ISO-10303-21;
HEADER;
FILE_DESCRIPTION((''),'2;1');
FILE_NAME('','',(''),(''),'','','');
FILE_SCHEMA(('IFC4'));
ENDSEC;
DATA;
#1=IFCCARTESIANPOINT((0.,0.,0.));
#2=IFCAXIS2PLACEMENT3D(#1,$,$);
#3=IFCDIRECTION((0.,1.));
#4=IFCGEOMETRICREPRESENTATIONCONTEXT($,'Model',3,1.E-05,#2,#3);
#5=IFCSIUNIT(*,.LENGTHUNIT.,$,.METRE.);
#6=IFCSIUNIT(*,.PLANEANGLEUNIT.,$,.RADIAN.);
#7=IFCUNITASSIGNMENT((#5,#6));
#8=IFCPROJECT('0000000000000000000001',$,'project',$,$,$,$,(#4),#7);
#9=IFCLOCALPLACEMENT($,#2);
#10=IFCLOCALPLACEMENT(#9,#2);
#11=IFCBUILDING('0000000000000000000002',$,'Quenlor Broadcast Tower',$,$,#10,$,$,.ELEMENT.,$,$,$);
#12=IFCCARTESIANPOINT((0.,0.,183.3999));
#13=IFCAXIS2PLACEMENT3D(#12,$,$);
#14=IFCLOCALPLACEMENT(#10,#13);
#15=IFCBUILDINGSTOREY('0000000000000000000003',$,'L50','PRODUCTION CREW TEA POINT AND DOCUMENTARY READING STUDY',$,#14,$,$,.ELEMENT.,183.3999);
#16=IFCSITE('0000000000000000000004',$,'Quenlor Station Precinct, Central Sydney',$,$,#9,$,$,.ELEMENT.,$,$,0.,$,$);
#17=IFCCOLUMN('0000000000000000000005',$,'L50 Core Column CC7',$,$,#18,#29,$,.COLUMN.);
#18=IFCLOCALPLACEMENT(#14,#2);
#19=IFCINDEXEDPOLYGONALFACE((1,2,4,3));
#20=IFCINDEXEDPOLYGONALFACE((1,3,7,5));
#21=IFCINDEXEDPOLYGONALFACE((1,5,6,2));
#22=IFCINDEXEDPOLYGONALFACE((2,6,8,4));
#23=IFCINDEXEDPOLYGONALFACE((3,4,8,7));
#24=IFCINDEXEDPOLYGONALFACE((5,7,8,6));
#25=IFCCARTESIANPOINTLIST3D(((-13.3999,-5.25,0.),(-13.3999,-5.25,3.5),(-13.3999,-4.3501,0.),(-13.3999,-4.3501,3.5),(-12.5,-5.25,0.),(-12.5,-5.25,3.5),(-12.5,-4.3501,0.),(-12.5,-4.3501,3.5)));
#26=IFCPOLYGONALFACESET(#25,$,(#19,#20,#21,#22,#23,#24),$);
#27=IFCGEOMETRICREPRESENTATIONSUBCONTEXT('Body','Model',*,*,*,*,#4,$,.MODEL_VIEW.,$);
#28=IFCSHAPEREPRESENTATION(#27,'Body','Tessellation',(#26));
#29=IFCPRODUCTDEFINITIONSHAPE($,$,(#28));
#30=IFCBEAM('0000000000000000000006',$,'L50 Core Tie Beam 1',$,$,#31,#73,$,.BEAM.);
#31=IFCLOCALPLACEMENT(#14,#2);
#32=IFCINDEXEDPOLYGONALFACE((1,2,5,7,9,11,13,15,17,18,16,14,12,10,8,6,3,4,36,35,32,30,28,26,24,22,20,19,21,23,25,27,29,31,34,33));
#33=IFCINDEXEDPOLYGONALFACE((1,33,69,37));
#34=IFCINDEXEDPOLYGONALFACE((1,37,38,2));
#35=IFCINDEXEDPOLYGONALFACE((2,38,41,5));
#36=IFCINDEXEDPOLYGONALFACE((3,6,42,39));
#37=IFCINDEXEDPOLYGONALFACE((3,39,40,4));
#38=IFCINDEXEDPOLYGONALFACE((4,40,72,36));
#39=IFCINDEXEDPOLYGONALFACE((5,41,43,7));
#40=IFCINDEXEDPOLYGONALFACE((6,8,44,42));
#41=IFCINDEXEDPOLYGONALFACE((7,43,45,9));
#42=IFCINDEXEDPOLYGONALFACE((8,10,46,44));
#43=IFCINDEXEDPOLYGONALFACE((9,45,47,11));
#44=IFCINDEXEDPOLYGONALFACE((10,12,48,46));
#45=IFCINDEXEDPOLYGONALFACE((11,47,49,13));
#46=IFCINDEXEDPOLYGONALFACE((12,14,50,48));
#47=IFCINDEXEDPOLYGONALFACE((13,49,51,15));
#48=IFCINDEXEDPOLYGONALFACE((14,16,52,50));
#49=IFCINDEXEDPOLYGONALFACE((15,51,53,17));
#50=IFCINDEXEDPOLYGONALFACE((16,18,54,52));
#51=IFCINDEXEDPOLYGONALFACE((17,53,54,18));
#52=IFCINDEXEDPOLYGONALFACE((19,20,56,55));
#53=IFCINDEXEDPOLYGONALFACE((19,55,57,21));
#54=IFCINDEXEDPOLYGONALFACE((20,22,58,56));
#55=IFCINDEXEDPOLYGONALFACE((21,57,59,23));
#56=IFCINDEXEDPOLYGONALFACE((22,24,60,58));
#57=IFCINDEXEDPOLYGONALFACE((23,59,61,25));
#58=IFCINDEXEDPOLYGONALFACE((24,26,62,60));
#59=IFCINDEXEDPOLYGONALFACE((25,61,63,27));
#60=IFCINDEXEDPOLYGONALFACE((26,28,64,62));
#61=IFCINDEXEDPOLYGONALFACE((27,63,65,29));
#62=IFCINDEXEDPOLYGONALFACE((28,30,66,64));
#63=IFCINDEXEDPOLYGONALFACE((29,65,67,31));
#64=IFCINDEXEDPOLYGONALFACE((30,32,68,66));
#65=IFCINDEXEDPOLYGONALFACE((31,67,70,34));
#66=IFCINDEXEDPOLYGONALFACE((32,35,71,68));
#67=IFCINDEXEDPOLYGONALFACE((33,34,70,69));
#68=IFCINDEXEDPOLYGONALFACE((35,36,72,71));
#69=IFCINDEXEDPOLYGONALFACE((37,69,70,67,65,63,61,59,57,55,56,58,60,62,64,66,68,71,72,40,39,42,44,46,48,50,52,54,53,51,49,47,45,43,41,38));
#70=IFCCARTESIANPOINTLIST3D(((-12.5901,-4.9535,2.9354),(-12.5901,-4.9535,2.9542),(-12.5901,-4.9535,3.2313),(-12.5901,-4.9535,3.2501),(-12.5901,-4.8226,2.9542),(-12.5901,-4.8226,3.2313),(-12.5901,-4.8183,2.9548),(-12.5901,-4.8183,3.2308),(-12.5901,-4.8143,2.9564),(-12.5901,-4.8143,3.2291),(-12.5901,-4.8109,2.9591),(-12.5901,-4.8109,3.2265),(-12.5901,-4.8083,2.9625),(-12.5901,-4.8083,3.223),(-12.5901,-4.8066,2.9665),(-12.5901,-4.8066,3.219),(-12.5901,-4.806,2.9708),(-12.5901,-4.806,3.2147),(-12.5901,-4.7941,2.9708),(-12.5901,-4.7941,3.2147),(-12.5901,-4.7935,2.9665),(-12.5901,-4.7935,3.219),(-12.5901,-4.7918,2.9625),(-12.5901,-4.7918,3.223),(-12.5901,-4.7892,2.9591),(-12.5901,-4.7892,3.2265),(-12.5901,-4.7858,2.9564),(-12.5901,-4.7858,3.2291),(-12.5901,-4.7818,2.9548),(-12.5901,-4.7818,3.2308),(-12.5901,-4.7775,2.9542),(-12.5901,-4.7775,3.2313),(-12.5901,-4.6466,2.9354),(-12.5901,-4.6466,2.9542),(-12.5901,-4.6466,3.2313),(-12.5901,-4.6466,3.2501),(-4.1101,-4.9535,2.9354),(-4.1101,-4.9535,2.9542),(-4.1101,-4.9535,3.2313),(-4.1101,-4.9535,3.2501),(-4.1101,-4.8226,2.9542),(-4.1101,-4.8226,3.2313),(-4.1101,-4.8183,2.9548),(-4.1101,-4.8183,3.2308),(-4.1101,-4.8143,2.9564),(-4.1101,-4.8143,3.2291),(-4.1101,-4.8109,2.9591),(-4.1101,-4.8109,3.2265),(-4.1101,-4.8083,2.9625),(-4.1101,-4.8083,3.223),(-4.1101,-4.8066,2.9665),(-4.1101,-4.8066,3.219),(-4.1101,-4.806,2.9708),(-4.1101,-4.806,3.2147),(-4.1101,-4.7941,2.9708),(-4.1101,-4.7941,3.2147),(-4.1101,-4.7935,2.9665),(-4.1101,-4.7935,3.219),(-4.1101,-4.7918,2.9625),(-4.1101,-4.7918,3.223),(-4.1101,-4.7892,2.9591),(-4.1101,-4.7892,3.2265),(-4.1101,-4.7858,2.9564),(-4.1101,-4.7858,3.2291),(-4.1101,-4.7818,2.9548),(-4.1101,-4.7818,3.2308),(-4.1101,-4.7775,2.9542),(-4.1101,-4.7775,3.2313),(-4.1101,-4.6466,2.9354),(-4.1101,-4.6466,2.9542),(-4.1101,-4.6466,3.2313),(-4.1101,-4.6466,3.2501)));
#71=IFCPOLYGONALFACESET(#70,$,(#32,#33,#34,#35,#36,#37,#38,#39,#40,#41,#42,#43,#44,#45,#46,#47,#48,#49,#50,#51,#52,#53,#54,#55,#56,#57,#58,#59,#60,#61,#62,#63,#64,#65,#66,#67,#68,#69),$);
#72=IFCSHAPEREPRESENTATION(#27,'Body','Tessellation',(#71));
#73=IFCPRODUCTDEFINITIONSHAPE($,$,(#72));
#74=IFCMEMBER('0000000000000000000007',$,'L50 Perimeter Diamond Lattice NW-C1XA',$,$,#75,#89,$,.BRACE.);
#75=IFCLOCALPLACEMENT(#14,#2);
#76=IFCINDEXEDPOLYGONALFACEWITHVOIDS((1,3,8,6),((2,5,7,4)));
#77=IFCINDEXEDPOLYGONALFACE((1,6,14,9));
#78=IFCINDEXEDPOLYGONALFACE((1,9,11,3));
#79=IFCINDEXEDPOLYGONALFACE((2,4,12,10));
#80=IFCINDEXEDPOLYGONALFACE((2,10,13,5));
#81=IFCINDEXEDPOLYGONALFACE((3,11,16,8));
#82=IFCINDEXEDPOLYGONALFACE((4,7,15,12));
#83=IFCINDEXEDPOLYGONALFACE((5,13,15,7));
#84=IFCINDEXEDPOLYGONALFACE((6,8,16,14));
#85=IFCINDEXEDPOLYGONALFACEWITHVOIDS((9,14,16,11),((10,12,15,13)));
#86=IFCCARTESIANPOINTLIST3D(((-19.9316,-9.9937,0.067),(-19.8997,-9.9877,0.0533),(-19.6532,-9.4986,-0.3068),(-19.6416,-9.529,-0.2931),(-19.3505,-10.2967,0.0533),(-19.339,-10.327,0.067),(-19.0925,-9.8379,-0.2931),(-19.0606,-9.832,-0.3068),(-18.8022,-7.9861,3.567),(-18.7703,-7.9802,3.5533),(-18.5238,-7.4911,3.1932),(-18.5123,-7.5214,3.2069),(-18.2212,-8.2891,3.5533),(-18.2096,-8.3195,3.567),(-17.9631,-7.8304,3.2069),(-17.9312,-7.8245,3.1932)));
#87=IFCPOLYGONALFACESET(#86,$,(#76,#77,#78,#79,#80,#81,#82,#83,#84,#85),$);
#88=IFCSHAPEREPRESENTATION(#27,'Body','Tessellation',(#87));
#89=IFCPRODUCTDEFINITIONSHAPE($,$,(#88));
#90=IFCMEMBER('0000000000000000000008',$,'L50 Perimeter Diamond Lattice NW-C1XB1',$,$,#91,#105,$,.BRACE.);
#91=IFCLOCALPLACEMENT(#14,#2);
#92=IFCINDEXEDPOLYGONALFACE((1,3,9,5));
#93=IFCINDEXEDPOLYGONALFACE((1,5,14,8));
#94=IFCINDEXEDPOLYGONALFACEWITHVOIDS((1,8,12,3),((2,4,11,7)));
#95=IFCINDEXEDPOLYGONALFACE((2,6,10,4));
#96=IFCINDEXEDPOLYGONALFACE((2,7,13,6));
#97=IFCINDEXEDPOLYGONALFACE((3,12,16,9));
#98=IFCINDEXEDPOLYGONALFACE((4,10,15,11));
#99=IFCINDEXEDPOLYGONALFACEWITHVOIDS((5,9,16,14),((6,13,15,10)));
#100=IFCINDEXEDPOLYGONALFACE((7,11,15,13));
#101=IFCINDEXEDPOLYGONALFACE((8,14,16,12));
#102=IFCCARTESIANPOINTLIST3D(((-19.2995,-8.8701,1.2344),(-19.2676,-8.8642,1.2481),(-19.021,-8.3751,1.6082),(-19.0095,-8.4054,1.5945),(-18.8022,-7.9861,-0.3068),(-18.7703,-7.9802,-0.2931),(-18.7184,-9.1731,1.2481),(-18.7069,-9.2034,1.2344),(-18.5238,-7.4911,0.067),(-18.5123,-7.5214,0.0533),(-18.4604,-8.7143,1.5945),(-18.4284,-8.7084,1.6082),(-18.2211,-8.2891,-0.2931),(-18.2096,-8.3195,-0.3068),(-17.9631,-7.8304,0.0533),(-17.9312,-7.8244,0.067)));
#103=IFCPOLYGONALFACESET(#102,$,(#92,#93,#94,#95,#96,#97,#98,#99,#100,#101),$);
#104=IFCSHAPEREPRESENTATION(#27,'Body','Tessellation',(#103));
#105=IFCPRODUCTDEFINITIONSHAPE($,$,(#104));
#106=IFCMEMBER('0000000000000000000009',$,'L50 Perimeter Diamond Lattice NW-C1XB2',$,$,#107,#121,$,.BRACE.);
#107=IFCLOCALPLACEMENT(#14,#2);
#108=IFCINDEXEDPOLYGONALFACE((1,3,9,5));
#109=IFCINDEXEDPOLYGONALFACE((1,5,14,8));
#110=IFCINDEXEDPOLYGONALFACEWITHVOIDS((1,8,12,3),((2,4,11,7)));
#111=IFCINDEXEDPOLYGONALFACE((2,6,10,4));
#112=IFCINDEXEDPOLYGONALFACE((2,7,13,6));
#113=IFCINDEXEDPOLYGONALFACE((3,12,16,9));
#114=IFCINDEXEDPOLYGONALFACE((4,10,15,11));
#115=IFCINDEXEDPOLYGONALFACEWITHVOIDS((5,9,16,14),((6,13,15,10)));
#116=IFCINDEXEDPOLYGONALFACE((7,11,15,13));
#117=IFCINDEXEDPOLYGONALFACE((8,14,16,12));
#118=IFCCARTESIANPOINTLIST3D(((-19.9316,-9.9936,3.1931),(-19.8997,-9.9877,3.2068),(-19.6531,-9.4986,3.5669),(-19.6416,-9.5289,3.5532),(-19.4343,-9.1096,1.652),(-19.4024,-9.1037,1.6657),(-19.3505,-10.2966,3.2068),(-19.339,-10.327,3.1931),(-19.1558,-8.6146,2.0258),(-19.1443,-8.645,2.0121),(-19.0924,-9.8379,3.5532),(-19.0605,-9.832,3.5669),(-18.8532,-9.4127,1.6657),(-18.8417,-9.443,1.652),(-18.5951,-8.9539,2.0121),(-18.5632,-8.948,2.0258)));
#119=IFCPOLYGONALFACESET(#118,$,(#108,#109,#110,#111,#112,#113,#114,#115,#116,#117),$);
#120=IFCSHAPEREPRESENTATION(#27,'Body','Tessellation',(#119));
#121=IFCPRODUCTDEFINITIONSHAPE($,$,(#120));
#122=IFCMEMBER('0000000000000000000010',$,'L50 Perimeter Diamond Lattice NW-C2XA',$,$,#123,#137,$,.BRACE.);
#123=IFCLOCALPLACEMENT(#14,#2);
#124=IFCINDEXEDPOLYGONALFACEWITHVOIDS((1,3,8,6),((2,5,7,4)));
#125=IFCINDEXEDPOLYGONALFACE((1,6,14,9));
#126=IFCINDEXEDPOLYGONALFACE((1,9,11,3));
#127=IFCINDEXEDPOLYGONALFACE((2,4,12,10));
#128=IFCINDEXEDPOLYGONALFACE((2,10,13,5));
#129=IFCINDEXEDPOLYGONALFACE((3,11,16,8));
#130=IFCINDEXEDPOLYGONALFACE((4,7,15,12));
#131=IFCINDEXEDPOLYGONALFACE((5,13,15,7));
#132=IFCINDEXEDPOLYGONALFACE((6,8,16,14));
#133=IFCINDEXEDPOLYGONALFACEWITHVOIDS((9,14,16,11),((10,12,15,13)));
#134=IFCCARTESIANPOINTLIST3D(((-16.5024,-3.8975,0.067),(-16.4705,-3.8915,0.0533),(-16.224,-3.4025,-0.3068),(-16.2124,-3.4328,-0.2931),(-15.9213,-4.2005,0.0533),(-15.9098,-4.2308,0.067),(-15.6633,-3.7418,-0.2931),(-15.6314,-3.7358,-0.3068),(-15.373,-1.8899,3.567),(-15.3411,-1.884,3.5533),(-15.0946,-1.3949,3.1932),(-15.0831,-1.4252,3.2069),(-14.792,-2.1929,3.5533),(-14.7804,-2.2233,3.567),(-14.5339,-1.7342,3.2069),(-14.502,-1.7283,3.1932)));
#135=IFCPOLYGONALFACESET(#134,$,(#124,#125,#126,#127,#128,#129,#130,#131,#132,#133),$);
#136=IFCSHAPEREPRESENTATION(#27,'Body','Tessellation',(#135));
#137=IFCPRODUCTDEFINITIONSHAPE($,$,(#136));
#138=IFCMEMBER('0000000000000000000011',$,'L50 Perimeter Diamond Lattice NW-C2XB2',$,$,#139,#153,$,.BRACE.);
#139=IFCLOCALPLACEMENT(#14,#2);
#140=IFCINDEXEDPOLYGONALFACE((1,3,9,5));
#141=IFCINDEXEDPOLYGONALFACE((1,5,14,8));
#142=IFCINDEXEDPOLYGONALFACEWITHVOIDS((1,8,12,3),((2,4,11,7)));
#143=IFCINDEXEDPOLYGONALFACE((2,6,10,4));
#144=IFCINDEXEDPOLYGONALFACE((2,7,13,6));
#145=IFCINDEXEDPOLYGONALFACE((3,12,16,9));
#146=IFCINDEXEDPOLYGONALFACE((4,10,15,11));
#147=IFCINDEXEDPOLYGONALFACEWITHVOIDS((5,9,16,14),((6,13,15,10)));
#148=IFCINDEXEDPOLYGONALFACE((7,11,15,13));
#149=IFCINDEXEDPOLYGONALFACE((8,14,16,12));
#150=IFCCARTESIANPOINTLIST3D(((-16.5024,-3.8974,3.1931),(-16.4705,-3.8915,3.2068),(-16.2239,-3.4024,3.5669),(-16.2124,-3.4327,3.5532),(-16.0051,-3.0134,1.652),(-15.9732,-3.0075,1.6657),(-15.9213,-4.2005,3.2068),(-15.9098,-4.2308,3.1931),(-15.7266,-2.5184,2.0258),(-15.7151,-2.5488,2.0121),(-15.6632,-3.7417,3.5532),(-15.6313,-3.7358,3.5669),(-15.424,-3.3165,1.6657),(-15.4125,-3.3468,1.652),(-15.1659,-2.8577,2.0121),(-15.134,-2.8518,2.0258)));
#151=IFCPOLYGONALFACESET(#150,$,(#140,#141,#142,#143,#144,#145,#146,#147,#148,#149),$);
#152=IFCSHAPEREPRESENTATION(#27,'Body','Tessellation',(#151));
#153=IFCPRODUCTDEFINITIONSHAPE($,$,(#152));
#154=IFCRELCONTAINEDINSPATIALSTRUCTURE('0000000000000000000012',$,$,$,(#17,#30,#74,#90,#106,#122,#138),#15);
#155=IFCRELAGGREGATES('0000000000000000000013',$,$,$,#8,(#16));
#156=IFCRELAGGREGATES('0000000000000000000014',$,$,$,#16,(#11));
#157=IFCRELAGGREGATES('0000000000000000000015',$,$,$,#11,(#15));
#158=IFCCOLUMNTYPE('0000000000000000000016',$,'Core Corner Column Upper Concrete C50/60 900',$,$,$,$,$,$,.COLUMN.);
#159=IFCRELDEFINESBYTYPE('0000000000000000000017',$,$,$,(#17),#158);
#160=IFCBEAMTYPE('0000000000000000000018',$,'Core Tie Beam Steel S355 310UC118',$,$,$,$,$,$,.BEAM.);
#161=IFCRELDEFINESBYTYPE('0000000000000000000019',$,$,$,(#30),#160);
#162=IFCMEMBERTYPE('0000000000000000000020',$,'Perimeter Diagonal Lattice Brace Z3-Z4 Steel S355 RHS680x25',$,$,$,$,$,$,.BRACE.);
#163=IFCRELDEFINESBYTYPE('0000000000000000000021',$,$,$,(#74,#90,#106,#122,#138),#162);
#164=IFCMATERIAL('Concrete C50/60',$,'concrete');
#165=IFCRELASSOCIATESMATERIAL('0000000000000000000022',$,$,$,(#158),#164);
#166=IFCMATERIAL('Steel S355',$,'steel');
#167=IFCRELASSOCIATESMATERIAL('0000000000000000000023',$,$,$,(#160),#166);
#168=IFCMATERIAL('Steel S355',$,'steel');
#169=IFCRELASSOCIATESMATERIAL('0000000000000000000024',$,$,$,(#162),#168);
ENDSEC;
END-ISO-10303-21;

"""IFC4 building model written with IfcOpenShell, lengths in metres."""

from ifc_helpers import new_model, si_unit, direction, frame, origin, origin_2d, place, context, subcontext, project, spatial, rectangle, hollow_rectangle, i_section, extrude, material, material_profile, profile_set, type_object, element, save


model = new_model("IFC4")

# Units and contexts
model_context = context("Model", 3, precision=1e-05, world=origin(), true_north=direction((0.0, 1.0)))
body_context = subcontext(model_context, "Body", "Model", "MODEL_VIEW")
ifc_project = project(units=[si_unit("LENGTHUNIT", "METRE"), si_unit("PLANEANGLEUNIT", "RADIAN")], contexts=[model_context])

# Site, building, storey
site_placement = place(None, origin())
site = spatial("IfcSite", under=ifc_project, at=site_placement, Name="Quenlor Station Precinct, Central Sydney", CompositionType="ELEMENT", RefElevation=0.0)
building_placement = place(site_placement, origin())
building = spatial("IfcBuilding", under=site, at=building_placement, Name="Quenlor Broadcast Tower", CompositionType="ELEMENT")
storey_placement = place(building_placement, frame((0.0, 0.0, 183.3999)))
storey = spatial("IfcBuildingStorey", under=building, at=storey_placement, Name="L50", Description="PRODUCTION CREW TEA POINT AND DOCUMENTARY READING STUDY", CompositionType="ELEMENT", Elevation=183.3999)

# Column
ifc_material_1 = material(Name="Concrete C50/60", Category="concrete")
ifc_material_profile_1 = material_profile(ifc_material_1, rectangle(XDim=0.8999, YDim=0.8999, at=origin_2d()))
ifc_profile_set_1 = profile_set([ifc_material_profile_1], Name="Concrete C50/60 RC900x900")
column_type = type_object("IfcColumnType", Name="Core Corner Column Upper Concrete C50/60 900", PredefinedType="COLUMN", material=ifc_profile_set_1)
column_placement = place(storey_placement, frame((-12.95, -4.8, 0.0), z_axis=(0.0, 0.0, 1.0), x_axis=(1.0, 0.0, 0.0)))
element("IfcColumn", 1, at=column_placement, inside=storey, type_object=column_type, Name="L50 Core Column CC7", PredefinedType="COLUMN", context=body_context, shape_type="SweptSolid", body=[
    extrude(rectangle(XDim=0.8999, YDim=0.8999, at=origin_2d()), origin(), (0.0, 0.0, 1.0), 3.5),
])

# Beam
ifc_material_2 = material(Name="Steel S355", Category="steel")
ifc_material_profile_2 = material_profile(ifc_material_2, i_section(OverallWidth=0.3069, OverallDepth=0.3147, WebThickness=0.012, FlangeThickness=0.0188, FilletRadius=0.0166, at=origin_2d()))
ifc_profile_set_2 = profile_set([ifc_material_profile_2], Name="Steel S355 310UC118")
beam_type_1 = type_object("IfcBeamType", Name="Core Tie Beam Steel S355 310UC118", PredefinedType="BEAM", material=ifc_profile_set_2)
beam_1_placement = place(storey_placement, frame((-12.5901, -4.8, 3.0928), z_axis=(1.0, 0.0, 0.0), x_axis=(0.0, 1.0, 0.0)))
element("IfcBeam", 2, at=beam_1_placement, inside=storey, type_object=beam_type_1, Name="L50 Core Tie Beam 1", PredefinedType="BEAM", context=body_context, shape_type="SweptSolid", body=[
    extrude(i_section(OverallWidth=0.3069, OverallDepth=0.3147, WebThickness=0.012, FlangeThickness=0.0188, FilletRadius=0.0166, at=origin_2d()), origin(), (0.0, 0.0, 1.0), 8.48),
])

# Members
ifc_material_3 = material(Name="Steel S355", Category="steel")
ifc_material_profile_3 = material_profile(ifc_material_3, hollow_rectangle(XDim=0.6799, YDim=0.6799, WallThickness=0.0249, at=origin_2d()))
ifc_profile_set_3 = profile_set([ifc_material_profile_3], Name="Steel S355 RHS680x680x25")
member_type = type_object("IfcMemberType", Name="Perimeter Diagonal Lattice Brace Z3-Z4 Steel S355 RHS680x25", PredefinedType="BRACE", material=ifc_profile_set_3)
member_1_placement = place(storey_placement, frame((-19.4961, -9.9128, -0.1199), z_axis=(0.269547, 0.479136, 0.835328), x_axis=(-0.87155, 0.490307, 0.0)))
element("IfcMember", 3, at=member_1_placement, inside=storey, type_object=member_type, Name="L50 Perimeter Diamond Lattice NW-C1XA", PredefinedType="BRACE", context=body_context, shape_type="SweptSolid", body=[
    extrude(hollow_rectangle(XDim=0.6799, YDim=0.6799, WallThickness=0.0249, at=origin_2d()), origin(), (0.0, 0.0, 1.0), 4.1899),
])
for number, where, z_axis, x_axis, name in (
    (4, (-18.3667, -7.9053, -0.1199), (-0.269536, -0.47913, 0.835335), (0.871556, -0.490296, 0.0), "L50 Perimeter Diamond Lattice NW-C1XB1"),
    (5, (-18.9988, -9.0288, 1.8389), (-0.269536, -0.47913, 0.835335), (0.871556, -0.490296, 0.0), "L50 Perimeter Diamond Lattice NW-C1XB2"),
):
    element("IfcMember", number, at=place(storey_placement, frame(where, z_axis=z_axis, x_axis=x_axis)), inside=storey, type_object=member_type, Name=name, PredefinedType="BRACE", context=body_context, shape_type="SweptSolid", body=[
        extrude(hollow_rectangle(XDim=0.6799, YDim=0.6799, WallThickness=0.0249, at=origin_2d()), origin(), (0.0, 0.0, 1.0), 1.845),
    ])
member_2_placement = place(storey_placement, frame((-16.0669, -3.8167, -0.1199), z_axis=(0.269547, 0.479136, 0.835328), x_axis=(-0.87155, 0.490307, 0.0)))
element("IfcMember", 6, at=member_2_placement, inside=storey, type_object=member_type, Name="L50 Perimeter Diamond Lattice NW-C2XA", PredefinedType="BRACE", context=body_context, shape_type="SweptSolid", body=[
    extrude(hollow_rectangle(XDim=0.6799, YDim=0.6799, WallThickness=0.0249, at=origin_2d()), origin(), (0.0, 0.0, 1.0), 4.1899),
])
member_3_placement = place(storey_placement, frame((-15.5696, -2.9326, 1.8389), z_axis=(-0.269536, -0.47913, 0.835335), x_axis=(0.871556, -0.490296, 0.0)))
element("IfcMember", 7, at=member_3_placement, inside=storey, type_object=member_type, Name="L50 Perimeter Diamond Lattice NW-C2XB2", PredefinedType="BRACE", context=body_context, shape_type="SweptSolid", body=[
    extrude(hollow_rectangle(XDim=0.6799, YDim=0.6799, WallThickness=0.0249, at=origin_2d()), origin(), (0.0, 0.0, 1.0), 1.845),
])

save(model, "model.ifc")
